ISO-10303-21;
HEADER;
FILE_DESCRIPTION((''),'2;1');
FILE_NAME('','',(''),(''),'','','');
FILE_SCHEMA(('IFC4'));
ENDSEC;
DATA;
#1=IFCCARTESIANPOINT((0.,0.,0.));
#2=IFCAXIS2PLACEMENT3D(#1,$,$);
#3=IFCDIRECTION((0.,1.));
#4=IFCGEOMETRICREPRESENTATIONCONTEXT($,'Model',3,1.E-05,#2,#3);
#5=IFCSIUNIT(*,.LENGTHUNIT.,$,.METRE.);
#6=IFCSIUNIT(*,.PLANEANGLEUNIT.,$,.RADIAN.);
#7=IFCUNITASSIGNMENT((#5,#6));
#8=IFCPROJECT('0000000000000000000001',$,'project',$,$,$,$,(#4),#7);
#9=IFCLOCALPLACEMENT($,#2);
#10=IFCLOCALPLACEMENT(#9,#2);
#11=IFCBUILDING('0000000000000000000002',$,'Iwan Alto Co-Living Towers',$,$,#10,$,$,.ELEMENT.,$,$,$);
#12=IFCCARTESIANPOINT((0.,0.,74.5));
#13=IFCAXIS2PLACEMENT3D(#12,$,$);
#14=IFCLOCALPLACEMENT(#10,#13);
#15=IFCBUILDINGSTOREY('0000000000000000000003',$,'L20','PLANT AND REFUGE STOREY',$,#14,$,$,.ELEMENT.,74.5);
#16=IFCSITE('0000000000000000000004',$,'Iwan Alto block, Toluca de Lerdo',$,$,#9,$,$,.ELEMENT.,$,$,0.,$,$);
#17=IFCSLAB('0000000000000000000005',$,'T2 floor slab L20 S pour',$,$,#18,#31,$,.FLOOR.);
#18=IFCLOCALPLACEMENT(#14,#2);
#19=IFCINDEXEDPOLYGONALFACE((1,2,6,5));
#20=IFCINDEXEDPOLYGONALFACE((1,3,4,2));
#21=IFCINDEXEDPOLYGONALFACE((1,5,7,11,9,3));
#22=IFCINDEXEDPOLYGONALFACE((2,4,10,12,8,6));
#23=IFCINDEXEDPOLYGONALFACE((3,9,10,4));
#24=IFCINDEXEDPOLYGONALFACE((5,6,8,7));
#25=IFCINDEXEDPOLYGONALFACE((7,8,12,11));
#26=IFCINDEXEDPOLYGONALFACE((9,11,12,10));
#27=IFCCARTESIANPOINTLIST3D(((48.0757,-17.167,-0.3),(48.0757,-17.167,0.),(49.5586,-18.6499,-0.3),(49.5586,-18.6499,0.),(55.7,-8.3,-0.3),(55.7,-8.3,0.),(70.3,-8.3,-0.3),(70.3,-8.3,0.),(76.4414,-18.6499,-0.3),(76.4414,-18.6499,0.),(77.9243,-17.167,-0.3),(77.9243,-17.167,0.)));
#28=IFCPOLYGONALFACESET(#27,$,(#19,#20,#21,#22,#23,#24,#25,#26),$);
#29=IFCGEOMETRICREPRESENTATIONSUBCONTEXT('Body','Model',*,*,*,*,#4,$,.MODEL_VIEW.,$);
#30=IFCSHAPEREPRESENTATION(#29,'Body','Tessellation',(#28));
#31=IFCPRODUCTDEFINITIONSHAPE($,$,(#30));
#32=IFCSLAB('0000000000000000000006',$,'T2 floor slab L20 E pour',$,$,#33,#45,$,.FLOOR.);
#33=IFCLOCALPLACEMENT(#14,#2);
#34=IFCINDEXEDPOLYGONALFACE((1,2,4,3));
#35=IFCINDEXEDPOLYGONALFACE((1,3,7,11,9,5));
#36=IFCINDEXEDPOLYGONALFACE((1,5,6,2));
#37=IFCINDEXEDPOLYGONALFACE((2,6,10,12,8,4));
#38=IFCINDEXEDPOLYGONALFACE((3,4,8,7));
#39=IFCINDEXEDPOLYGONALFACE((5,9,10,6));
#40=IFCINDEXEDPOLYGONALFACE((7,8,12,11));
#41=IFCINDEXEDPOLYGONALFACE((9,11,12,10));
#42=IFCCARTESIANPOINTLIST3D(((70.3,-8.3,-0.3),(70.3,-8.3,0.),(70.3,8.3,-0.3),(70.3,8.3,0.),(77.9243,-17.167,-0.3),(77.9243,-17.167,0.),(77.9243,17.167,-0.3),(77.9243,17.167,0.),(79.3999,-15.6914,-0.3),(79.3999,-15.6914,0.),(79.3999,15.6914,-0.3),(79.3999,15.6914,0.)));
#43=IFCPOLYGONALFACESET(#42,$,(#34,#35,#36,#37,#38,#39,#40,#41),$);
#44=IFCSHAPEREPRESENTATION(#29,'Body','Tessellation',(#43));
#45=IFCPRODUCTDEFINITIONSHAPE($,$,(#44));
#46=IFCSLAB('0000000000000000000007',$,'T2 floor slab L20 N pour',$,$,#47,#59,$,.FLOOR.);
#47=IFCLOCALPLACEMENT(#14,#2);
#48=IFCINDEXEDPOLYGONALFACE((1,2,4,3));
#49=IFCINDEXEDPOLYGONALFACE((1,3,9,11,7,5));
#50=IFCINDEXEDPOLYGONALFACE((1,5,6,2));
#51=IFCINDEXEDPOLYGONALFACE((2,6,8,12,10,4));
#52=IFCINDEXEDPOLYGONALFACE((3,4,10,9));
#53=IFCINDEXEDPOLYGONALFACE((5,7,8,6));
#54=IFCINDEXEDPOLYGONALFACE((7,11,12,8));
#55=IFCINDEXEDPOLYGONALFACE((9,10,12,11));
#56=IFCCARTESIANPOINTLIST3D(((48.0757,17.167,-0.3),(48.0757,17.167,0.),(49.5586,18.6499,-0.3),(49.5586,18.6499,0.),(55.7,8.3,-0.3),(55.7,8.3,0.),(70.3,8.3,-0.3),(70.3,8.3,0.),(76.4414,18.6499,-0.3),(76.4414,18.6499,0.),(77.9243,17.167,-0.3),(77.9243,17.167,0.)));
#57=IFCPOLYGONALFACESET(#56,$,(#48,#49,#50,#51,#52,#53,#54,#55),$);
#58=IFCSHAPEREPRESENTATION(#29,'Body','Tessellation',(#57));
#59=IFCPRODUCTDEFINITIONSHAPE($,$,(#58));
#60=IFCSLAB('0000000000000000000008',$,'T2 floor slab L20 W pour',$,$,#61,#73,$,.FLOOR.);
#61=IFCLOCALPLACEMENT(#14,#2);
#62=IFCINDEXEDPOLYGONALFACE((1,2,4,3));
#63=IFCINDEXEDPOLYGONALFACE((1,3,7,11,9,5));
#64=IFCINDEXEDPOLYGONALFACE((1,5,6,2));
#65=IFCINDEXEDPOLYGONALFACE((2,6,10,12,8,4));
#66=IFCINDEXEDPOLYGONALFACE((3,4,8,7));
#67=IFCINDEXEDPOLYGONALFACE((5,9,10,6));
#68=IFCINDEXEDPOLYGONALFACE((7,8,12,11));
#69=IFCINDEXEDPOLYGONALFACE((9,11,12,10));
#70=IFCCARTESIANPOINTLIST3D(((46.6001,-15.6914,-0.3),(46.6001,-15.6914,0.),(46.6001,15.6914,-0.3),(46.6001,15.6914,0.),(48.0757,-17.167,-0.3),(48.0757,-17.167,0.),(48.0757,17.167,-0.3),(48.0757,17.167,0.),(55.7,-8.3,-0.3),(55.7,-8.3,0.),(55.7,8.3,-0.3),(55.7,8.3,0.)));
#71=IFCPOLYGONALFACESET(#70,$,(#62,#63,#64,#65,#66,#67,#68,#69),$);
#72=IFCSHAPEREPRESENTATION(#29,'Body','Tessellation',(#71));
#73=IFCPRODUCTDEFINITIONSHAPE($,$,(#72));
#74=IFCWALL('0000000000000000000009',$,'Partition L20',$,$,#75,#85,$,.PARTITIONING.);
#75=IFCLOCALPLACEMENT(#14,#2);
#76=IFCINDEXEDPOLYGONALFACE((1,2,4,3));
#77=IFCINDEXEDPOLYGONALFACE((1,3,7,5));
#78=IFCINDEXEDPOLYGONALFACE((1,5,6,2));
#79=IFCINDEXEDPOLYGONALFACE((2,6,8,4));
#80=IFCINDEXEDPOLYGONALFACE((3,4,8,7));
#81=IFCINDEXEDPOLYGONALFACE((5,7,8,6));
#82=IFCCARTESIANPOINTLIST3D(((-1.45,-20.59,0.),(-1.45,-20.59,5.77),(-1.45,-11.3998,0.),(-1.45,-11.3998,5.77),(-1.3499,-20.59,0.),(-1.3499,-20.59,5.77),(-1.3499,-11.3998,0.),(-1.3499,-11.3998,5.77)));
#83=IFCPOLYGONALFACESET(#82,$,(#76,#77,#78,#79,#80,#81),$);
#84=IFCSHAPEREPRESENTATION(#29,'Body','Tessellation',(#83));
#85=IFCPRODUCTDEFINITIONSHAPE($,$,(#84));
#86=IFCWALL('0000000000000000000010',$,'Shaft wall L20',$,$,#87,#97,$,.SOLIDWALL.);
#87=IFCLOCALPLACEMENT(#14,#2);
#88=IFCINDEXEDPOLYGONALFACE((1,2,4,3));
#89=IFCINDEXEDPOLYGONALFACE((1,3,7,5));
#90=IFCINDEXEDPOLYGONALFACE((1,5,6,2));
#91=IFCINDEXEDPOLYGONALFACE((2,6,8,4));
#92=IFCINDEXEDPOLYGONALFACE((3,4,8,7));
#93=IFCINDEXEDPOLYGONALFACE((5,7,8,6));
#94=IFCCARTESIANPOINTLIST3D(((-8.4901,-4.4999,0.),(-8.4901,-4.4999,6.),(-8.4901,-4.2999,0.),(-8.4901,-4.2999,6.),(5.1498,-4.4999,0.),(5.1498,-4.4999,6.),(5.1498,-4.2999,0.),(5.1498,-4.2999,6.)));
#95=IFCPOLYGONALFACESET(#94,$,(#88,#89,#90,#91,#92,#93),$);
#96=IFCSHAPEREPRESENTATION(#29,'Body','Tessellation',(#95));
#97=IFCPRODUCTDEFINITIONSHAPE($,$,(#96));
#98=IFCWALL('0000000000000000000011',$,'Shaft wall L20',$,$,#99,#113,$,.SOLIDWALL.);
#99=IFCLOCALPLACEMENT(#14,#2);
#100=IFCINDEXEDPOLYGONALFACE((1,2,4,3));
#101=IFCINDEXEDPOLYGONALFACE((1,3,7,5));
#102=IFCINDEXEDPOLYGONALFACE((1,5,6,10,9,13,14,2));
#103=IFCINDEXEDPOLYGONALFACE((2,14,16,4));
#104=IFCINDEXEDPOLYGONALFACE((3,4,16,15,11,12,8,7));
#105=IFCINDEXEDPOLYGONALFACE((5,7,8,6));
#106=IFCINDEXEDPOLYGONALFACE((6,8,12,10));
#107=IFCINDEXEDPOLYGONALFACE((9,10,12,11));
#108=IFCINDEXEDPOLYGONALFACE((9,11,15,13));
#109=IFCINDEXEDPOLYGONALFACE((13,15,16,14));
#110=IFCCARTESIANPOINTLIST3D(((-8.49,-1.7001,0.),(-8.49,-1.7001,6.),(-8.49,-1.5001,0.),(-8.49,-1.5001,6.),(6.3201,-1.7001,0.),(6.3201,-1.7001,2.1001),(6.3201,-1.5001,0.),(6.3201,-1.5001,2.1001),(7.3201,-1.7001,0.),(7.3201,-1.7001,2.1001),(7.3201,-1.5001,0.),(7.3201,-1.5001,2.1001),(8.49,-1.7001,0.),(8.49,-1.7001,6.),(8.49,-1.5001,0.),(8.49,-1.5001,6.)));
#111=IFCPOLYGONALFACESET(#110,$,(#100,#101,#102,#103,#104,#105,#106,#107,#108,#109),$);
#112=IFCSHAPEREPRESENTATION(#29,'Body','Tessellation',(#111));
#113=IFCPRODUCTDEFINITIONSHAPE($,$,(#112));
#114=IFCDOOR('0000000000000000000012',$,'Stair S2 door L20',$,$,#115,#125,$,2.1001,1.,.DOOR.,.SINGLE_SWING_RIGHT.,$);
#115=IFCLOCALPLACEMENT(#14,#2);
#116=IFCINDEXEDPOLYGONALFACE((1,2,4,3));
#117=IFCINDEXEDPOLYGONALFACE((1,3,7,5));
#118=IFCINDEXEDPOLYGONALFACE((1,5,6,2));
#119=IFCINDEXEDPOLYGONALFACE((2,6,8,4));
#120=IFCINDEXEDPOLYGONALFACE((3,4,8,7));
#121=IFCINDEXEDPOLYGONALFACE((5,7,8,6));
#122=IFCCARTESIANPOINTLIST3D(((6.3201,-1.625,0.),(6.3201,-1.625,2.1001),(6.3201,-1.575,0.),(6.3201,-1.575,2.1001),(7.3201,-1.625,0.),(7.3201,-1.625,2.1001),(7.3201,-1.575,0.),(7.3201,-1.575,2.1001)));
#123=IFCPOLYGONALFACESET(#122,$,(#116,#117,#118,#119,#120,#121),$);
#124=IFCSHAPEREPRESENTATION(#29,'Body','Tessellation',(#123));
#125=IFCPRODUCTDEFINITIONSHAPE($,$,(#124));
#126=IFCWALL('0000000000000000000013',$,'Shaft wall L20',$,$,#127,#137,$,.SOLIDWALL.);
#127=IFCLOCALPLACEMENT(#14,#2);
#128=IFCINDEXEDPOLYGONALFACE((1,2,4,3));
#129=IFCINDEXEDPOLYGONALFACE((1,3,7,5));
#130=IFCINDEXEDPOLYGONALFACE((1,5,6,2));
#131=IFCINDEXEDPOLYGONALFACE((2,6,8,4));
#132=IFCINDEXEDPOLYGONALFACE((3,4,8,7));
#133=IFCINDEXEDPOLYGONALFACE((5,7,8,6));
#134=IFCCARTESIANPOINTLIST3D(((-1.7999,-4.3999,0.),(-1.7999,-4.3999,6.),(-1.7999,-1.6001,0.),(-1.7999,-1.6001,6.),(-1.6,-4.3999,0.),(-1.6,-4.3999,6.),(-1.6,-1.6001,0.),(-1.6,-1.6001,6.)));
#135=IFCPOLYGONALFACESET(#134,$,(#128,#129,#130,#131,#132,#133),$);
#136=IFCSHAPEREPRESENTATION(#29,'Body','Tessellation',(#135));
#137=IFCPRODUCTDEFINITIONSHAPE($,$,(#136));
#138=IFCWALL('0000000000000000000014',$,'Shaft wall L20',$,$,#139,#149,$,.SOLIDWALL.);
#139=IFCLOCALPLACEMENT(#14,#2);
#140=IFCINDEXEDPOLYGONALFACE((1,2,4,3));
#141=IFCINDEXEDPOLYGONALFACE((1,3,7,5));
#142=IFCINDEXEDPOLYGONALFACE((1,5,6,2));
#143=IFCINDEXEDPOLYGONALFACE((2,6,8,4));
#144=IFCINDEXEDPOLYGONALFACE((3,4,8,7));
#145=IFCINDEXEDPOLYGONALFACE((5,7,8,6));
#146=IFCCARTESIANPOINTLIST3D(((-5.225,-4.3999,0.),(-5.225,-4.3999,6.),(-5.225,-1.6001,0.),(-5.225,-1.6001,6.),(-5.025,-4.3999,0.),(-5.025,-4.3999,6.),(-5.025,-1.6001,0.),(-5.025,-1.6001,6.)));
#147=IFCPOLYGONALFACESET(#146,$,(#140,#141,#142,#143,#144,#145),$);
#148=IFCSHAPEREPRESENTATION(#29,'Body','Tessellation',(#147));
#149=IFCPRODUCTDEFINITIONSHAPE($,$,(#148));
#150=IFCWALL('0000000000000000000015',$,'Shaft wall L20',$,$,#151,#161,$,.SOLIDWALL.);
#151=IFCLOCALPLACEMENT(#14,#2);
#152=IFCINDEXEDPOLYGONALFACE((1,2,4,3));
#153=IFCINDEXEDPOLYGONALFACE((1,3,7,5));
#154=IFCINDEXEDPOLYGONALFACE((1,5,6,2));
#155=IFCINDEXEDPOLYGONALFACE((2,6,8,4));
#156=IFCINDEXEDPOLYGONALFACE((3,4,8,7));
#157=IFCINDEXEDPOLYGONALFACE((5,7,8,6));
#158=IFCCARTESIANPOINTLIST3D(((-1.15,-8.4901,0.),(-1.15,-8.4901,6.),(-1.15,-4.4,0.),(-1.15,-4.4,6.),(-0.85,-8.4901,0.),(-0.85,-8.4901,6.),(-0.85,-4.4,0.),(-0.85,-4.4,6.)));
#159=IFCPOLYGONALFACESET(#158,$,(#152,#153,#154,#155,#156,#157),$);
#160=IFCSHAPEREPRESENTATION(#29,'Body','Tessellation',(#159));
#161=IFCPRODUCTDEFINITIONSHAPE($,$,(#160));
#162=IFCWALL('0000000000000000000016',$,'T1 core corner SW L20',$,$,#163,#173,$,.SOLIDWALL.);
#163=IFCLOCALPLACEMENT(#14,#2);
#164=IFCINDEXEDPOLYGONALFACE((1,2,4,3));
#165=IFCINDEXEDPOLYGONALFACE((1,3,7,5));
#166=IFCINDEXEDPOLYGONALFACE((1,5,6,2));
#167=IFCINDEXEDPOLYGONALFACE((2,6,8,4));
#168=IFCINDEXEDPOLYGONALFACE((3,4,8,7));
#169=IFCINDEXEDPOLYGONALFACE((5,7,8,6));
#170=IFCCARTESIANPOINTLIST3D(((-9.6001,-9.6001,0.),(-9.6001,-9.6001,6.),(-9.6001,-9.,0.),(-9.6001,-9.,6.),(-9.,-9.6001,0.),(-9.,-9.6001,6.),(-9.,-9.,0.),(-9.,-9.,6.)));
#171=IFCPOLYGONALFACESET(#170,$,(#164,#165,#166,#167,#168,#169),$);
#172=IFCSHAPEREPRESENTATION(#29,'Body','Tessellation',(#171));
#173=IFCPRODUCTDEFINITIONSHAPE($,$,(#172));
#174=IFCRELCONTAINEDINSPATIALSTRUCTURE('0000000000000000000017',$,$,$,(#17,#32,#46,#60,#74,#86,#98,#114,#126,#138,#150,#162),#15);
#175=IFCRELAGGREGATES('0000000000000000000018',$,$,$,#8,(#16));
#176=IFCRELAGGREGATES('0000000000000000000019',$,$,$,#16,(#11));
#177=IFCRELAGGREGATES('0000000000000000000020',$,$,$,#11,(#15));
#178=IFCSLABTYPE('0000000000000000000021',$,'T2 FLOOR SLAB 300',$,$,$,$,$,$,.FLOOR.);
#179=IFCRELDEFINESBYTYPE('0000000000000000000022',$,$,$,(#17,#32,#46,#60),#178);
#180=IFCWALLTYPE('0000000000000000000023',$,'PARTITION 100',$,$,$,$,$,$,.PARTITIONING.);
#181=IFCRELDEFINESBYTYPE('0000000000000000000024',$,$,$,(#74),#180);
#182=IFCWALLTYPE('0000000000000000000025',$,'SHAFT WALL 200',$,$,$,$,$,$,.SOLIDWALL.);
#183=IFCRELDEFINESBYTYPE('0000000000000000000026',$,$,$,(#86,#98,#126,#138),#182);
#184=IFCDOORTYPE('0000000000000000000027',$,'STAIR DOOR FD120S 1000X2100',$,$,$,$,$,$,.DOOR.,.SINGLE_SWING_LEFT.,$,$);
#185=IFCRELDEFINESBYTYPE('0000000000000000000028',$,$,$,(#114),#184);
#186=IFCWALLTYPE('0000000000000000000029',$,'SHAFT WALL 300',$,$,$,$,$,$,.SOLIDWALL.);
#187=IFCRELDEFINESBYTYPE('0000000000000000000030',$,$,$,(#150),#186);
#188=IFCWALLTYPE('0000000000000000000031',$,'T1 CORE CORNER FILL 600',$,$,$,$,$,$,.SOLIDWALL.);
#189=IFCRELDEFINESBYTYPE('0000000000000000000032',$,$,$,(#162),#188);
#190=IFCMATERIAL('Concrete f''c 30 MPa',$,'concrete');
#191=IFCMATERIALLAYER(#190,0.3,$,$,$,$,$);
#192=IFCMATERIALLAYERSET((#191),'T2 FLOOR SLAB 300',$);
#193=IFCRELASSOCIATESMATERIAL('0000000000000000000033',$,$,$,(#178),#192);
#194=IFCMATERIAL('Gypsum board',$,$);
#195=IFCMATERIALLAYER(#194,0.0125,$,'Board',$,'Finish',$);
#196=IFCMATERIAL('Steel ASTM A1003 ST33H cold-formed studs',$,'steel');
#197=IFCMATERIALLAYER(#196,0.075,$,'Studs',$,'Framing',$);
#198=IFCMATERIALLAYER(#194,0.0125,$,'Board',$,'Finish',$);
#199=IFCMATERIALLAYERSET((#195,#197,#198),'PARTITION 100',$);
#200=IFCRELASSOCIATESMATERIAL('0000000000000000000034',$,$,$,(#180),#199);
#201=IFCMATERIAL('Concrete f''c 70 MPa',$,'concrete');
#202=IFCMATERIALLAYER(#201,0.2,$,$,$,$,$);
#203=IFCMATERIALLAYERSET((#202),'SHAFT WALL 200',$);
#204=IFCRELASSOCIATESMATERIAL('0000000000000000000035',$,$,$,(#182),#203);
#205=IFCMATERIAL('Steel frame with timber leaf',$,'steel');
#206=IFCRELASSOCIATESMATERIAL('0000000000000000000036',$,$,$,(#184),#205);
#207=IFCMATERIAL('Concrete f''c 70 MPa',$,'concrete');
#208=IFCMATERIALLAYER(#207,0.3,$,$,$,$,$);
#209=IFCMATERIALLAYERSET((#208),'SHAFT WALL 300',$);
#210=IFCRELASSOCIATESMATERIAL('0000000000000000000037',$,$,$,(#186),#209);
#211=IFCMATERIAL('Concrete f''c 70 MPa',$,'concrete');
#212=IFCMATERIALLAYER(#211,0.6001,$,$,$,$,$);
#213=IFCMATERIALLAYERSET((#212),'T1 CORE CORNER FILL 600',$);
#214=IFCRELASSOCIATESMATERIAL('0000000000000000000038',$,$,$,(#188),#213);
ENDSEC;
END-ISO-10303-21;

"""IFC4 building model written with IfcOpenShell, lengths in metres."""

from ifc_helpers import new_model, si_unit, direction, frame, frame_2d, origin, place, context, subcontext, project, spatial, polyline, rectangle, outline, extrude, material, layer, layer_set, type_object, element, fill, save


model = new_model("IFC4")

# Units and contexts
model_context = context("Model", 3, precision=1e-05, world=origin(), true_north=direction((0.0, 1.0)))
body_context = subcontext(model_context, "Body", "Model", "MODEL_VIEW")
ifc_project = project(units=[si_unit("LENGTHUNIT", "METRE"), si_unit("PLANEANGLEUNIT", "RADIAN")], contexts=[model_context])

# Site, building, storey
site_placement = place(None, origin())
site = spatial("IfcSite", under=ifc_project, at=site_placement, Name="Iwan Alto block, Toluca de Lerdo", CompositionType="ELEMENT", RefElevation=0.0)
building_placement = place(site_placement, origin())
building = spatial("IfcBuilding", under=site, at=building_placement, Name="Iwan Alto Co-Living Towers", CompositionType="ELEMENT")
storey_placement = place(building_placement, frame((0.0, 0.0, 74.5)))
storey = spatial("IfcBuildingStorey", under=building, at=storey_placement, Name="L20", Description="PLANT AND REFUGE STOREY", CompositionType="ELEMENT", Elevation=74.5)

# Slabs
ifc_material_1 = material(Name="Concrete f'c 30 MPa", Category="concrete")
ifc_layer_1 = layer(ifc_material_1, 0.3)
ifc_layer_set_1 = layer_set([ifc_layer_1], Name="T2 FLOOR SLAB 300")
slab_type_1 = type_object("IfcSlabType", Name="T2 FLOOR SLAB 300", PredefinedType="FLOOR", material=ifc_layer_set_1)
slab_1_placement = place(storey_placement, frame((0.0, 0.0, -0.3)))
element("IfcSlab", 1, at=slab_1_placement, inside=storey, type_object=slab_type_1, Name="T2 floor slab L20 S pour", PredefinedType="FLOOR", context=body_context, shape_type="SweptSolid", body=[
    extrude(outline(polyline([(76.4414, -18.6499), (49.5586, -18.6499), (48.0757, -17.167), (55.7, -8.3), (70.3, -8.3), (77.9243, -17.167), (76.4414, -18.6499)])), origin(), (0.0, 0.0, 1.0), 0.3),
])
slab_2_placement = place(storey_placement, frame((0.0, 0.0, -0.3)))
element("IfcSlab", 2, at=slab_2_placement, inside=storey, type_object=slab_type_1, Name="T2 floor slab L20 E pour", PredefinedType="FLOOR", context=body_context, shape_type="SweptSolid", body=[
    extrude(outline(polyline([(79.3999, 15.6914), (79.3999, -15.6914), (77.9243, -17.167), (70.3, -8.3), (70.3, 8.3), (77.9243, 17.167), (79.3999, 15.6914)])), origin(), (0.0, 0.0, 1.0), 0.3),
])
slab_3_placement = place(storey_placement, frame((0.0, 0.0, -0.3)))
element("IfcSlab", 3, at=slab_3_placement, inside=storey, type_object=slab_type_1, Name="T2 floor slab L20 N pour", PredefinedType="FLOOR", context=body_context, shape_type="SweptSolid", body=[
    extrude(outline(polyline([(49.5586, 18.6499), (76.4414, 18.6499), (77.9243, 17.167), (70.3, 8.3), (55.7, 8.3), (48.0757, 17.167), (49.5586, 18.6499)])), origin(), (0.0, 0.0, 1.0), 0.3),
])
slab_4_placement = place(storey_placement, frame((0.0, 0.0, -0.3)))
element("IfcSlab", 4, at=slab_4_placement, inside=storey, type_object=slab_type_1, Name="T2 floor slab L20 W pour", PredefinedType="FLOOR", context=body_context, shape_type="SweptSolid", body=[
    extrude(outline(polyline([(46.6001, 15.6914), (48.0757, 17.167), (55.7, 8.3), (55.7, -8.3), (48.0757, -17.167), (46.6001, -15.6914), (46.6001, 15.6914)])), origin(), (0.0, 0.0, 1.0), 0.3),
])

# Walls
ifc_material_2 = material(Name="Gypsum board")
ifc_layer_2 = layer(ifc_material_2, 0.0125, Name="Board", Category="Finish")
ifc_material_3 = material(Name="Steel ASTM A1003 ST33H cold-formed studs", Category="steel")
ifc_layer_3 = layer(ifc_material_3, 0.075, Name="Studs", Category="Framing")
ifc_layer_4 = layer(ifc_material_2, 0.0125, Name="Board", Category="Finish")
ifc_layer_set_2 = layer_set([ifc_layer_2, ifc_layer_3, ifc_layer_4], Name="PARTITION 100")
wall_type_1 = type_object("IfcWallType", Name="PARTITION 100", PredefinedType="PARTITIONING", material=ifc_layer_set_2)
wall_1_placement = place(storey_placement, frame((-1.3999, -20.5901, 0.0), z_axis=(0.0, 0.0, 1.0), x_axis=(0.0, 1.0, 0.0)))
element("IfcWall", 5, at=wall_1_placement, inside=storey, type_object=wall_type_1, Name="Partition L20", PredefinedType="PARTITIONING", context=body_context, shape_type="SweptSolid", body=[
    extrude(rectangle(XDim=9.1902, YDim=0.1001, at=frame_2d((4.5952, 0.0))), origin(), (0.0, 0.0, 1.0), 5.77),
])
ifc_material_4 = material(Name="Concrete f'c 70 MPa", Category="concrete")
ifc_layer_5 = layer(ifc_material_4, 0.2)
ifc_layer_set_3 = layer_set([ifc_layer_5], Name="SHAFT WALL 200")
wall_type_2 = type_object("IfcWallType", Name="SHAFT WALL 200", PredefinedType="SOLIDWALL", material=ifc_layer_set_3)
wall_2_placement = place(storey_placement, frame((-8.49, -4.3999, 0.0), z_axis=(0.0, 0.0, 1.0), x_axis=(1.0, 0.0, 0.0)))
element("IfcWall", 6, at=wall_2_placement, inside=storey, type_object=wall_type_2, Name="Shaft wall L20", PredefinedType="SOLIDWALL", context=body_context, shape_type="SweptSolid", body=[
    extrude(rectangle(XDim=13.6399, YDim=0.2, at=frame_2d((6.8198, 0.0))), origin(), (0.0, 0.0, 1.0), 6.0),
])

# Wall, opening, door
wall_3_placement = place(storey_placement, frame((-8.49, -1.6001, 0.0), z_axis=(0.0, 0.0, 1.0), x_axis=(1.0, 0.0, 0.0)))
wall_3 = element("IfcWall", 7, at=wall_3_placement, inside=storey, type_object=wall_type_2, Name="Shaft wall L20", PredefinedType="SOLIDWALL", context=body_context, shape_type="SweptSolid", body=[
    extrude(rectangle(XDim=16.98, YDim=0.2, at=frame_2d((8.49, 0.0))), origin(), (0.0, 0.0, 1.0), 6.0),
])
opening_1_placement = place(wall_3_placement, frame((14.8101, 0.0, 0.0)))
opening_1 = element("IfcOpeningElement", 8, at=opening_1_placement, cuts=wall_3, PredefinedType="OPENING", context=body_context, shape_type="SweptSolid", body=[
    extrude(rectangle(XDim=1.0, YDim=2.1001, at=frame_2d((0.5, 1.05))), frame((0.0, 0.1099, 0.0), z_axis=(0.0, -1.0, 0.0), x_axis=(1.0, 0.0, 0.0)), (0.0, 0.0, 1.0), 0.22),
])
ifc_material_5 = material(Name="Steel frame with timber leaf", Category="steel")
door_type_1 = type_object("IfcDoorType", Name="STAIR DOOR FD120S 1000X2100", OperationType="SINGLE_SWING_LEFT", PredefinedType="DOOR", material=ifc_material_5)
door_1_placement = place(opening_1_placement, frame((1.0, 0.0, 0.0), z_axis=(0.0, 0.0, 1.0), x_axis=(-1.0, 0.0, 0.0)))
door_1 = element("IfcDoor", 9, at=door_1_placement, inside=storey, type_object=door_type_1, Name="Stair S2 door L20", OperationType="SINGLE_SWING_RIGHT", OverallHeight=2.1001, OverallWidth=1.0, PredefinedType="DOOR", context=body_context, shape_type="SweptSolid", body=[
    extrude(rectangle(XDim=1.0, YDim=2.1001, at=frame_2d((0.5, 1.05))), frame((0.0, 0.0249, 0.0), z_axis=(0.0, -1.0, 0.0), x_axis=(1.0, 0.0, 0.0)), (0.0, 0.0, 1.0), 0.05),
])
fill(opening_1, door_1)

# Walls
for number, where, z_axis, x_axis, name in (
    (10, (-1.7, -4.3999, 0.0), (0.0, 0.0, 1.0), (0.0, 1.0, 0.0), "Shaft wall L20"),
    (11, (-5.125, -4.3999, 0.0), (0.0, 0.0, 1.0), (0.0, 1.0, 0.0), "Shaft wall L20"),
):
    element("IfcWall", number, at=place(storey_placement, frame(where, z_axis=z_axis, x_axis=x_axis)), inside=storey, type_object=wall_type_2, Name=name, PredefinedType="SOLIDWALL", context=body_context, shape_type="SweptSolid", body=[
        extrude(rectangle(XDim=2.7998, YDim=0.2, at=frame_2d((1.3999, 0.0))), origin(), (0.0, 0.0, 1.0), 6.0),
    ])
ifc_material_6 = material(Name="Concrete f'c 70 MPa", Category="concrete")
ifc_layer_6 = layer(ifc_material_6, 0.3)
ifc_layer_set_4 = layer_set([ifc_layer_6], Name="SHAFT WALL 300")
wall_type_3 = type_object("IfcWallType", Name="SHAFT WALL 300", PredefinedType="SOLIDWALL", material=ifc_layer_set_4)
wall_4_placement = place(storey_placement, frame((-1.0, -8.49, 0.0), z_axis=(0.0, 0.0, 1.0), x_axis=(0.0, 1.0, 0.0)))
element("IfcWall", 12, at=wall_4_placement, inside=storey, type_object=wall_type_3, Name="Shaft wall L20", PredefinedType="SOLIDWALL", context=body_context, shape_type="SweptSolid", body=[
    extrude(rectangle(XDim=4.0901, YDim=0.3, at=frame_2d((2.0449, 0.0))), origin(), (0.0, 0.0, 1.0), 6.0),
])
ifc_material_7 = material(Name="Concrete f'c 70 MPa", Category="concrete")
ifc_layer_7 = layer(ifc_material_7, 0.6001)
ifc_layer_set_5 = layer_set([ifc_layer_7], Name="T1 CORE CORNER FILL 600")
wall_type_4 = type_object("IfcWallType", Name="T1 CORE CORNER FILL 600", PredefinedType="SOLIDWALL", material=ifc_layer_set_5)
wall_5_placement = place(storey_placement, frame((-9.6001, -9.3, 0.0), z_axis=(0.0, 0.0, 1.0), x_axis=(1.0, 0.0, 0.0)))
element("IfcWall", 13, at=wall_5_placement, inside=storey, type_object=wall_type_4, Name="T1 core corner SW L20", PredefinedType="SOLIDWALL", context=body_context, shape_type="SweptSolid", body=[
    extrude(rectangle(XDim=0.6001, YDim=0.6001, at=frame_2d((0.3, 0.0))), origin(), (0.0, 0.0, 1.0), 6.0),
])

save(model, "model.ifc")
